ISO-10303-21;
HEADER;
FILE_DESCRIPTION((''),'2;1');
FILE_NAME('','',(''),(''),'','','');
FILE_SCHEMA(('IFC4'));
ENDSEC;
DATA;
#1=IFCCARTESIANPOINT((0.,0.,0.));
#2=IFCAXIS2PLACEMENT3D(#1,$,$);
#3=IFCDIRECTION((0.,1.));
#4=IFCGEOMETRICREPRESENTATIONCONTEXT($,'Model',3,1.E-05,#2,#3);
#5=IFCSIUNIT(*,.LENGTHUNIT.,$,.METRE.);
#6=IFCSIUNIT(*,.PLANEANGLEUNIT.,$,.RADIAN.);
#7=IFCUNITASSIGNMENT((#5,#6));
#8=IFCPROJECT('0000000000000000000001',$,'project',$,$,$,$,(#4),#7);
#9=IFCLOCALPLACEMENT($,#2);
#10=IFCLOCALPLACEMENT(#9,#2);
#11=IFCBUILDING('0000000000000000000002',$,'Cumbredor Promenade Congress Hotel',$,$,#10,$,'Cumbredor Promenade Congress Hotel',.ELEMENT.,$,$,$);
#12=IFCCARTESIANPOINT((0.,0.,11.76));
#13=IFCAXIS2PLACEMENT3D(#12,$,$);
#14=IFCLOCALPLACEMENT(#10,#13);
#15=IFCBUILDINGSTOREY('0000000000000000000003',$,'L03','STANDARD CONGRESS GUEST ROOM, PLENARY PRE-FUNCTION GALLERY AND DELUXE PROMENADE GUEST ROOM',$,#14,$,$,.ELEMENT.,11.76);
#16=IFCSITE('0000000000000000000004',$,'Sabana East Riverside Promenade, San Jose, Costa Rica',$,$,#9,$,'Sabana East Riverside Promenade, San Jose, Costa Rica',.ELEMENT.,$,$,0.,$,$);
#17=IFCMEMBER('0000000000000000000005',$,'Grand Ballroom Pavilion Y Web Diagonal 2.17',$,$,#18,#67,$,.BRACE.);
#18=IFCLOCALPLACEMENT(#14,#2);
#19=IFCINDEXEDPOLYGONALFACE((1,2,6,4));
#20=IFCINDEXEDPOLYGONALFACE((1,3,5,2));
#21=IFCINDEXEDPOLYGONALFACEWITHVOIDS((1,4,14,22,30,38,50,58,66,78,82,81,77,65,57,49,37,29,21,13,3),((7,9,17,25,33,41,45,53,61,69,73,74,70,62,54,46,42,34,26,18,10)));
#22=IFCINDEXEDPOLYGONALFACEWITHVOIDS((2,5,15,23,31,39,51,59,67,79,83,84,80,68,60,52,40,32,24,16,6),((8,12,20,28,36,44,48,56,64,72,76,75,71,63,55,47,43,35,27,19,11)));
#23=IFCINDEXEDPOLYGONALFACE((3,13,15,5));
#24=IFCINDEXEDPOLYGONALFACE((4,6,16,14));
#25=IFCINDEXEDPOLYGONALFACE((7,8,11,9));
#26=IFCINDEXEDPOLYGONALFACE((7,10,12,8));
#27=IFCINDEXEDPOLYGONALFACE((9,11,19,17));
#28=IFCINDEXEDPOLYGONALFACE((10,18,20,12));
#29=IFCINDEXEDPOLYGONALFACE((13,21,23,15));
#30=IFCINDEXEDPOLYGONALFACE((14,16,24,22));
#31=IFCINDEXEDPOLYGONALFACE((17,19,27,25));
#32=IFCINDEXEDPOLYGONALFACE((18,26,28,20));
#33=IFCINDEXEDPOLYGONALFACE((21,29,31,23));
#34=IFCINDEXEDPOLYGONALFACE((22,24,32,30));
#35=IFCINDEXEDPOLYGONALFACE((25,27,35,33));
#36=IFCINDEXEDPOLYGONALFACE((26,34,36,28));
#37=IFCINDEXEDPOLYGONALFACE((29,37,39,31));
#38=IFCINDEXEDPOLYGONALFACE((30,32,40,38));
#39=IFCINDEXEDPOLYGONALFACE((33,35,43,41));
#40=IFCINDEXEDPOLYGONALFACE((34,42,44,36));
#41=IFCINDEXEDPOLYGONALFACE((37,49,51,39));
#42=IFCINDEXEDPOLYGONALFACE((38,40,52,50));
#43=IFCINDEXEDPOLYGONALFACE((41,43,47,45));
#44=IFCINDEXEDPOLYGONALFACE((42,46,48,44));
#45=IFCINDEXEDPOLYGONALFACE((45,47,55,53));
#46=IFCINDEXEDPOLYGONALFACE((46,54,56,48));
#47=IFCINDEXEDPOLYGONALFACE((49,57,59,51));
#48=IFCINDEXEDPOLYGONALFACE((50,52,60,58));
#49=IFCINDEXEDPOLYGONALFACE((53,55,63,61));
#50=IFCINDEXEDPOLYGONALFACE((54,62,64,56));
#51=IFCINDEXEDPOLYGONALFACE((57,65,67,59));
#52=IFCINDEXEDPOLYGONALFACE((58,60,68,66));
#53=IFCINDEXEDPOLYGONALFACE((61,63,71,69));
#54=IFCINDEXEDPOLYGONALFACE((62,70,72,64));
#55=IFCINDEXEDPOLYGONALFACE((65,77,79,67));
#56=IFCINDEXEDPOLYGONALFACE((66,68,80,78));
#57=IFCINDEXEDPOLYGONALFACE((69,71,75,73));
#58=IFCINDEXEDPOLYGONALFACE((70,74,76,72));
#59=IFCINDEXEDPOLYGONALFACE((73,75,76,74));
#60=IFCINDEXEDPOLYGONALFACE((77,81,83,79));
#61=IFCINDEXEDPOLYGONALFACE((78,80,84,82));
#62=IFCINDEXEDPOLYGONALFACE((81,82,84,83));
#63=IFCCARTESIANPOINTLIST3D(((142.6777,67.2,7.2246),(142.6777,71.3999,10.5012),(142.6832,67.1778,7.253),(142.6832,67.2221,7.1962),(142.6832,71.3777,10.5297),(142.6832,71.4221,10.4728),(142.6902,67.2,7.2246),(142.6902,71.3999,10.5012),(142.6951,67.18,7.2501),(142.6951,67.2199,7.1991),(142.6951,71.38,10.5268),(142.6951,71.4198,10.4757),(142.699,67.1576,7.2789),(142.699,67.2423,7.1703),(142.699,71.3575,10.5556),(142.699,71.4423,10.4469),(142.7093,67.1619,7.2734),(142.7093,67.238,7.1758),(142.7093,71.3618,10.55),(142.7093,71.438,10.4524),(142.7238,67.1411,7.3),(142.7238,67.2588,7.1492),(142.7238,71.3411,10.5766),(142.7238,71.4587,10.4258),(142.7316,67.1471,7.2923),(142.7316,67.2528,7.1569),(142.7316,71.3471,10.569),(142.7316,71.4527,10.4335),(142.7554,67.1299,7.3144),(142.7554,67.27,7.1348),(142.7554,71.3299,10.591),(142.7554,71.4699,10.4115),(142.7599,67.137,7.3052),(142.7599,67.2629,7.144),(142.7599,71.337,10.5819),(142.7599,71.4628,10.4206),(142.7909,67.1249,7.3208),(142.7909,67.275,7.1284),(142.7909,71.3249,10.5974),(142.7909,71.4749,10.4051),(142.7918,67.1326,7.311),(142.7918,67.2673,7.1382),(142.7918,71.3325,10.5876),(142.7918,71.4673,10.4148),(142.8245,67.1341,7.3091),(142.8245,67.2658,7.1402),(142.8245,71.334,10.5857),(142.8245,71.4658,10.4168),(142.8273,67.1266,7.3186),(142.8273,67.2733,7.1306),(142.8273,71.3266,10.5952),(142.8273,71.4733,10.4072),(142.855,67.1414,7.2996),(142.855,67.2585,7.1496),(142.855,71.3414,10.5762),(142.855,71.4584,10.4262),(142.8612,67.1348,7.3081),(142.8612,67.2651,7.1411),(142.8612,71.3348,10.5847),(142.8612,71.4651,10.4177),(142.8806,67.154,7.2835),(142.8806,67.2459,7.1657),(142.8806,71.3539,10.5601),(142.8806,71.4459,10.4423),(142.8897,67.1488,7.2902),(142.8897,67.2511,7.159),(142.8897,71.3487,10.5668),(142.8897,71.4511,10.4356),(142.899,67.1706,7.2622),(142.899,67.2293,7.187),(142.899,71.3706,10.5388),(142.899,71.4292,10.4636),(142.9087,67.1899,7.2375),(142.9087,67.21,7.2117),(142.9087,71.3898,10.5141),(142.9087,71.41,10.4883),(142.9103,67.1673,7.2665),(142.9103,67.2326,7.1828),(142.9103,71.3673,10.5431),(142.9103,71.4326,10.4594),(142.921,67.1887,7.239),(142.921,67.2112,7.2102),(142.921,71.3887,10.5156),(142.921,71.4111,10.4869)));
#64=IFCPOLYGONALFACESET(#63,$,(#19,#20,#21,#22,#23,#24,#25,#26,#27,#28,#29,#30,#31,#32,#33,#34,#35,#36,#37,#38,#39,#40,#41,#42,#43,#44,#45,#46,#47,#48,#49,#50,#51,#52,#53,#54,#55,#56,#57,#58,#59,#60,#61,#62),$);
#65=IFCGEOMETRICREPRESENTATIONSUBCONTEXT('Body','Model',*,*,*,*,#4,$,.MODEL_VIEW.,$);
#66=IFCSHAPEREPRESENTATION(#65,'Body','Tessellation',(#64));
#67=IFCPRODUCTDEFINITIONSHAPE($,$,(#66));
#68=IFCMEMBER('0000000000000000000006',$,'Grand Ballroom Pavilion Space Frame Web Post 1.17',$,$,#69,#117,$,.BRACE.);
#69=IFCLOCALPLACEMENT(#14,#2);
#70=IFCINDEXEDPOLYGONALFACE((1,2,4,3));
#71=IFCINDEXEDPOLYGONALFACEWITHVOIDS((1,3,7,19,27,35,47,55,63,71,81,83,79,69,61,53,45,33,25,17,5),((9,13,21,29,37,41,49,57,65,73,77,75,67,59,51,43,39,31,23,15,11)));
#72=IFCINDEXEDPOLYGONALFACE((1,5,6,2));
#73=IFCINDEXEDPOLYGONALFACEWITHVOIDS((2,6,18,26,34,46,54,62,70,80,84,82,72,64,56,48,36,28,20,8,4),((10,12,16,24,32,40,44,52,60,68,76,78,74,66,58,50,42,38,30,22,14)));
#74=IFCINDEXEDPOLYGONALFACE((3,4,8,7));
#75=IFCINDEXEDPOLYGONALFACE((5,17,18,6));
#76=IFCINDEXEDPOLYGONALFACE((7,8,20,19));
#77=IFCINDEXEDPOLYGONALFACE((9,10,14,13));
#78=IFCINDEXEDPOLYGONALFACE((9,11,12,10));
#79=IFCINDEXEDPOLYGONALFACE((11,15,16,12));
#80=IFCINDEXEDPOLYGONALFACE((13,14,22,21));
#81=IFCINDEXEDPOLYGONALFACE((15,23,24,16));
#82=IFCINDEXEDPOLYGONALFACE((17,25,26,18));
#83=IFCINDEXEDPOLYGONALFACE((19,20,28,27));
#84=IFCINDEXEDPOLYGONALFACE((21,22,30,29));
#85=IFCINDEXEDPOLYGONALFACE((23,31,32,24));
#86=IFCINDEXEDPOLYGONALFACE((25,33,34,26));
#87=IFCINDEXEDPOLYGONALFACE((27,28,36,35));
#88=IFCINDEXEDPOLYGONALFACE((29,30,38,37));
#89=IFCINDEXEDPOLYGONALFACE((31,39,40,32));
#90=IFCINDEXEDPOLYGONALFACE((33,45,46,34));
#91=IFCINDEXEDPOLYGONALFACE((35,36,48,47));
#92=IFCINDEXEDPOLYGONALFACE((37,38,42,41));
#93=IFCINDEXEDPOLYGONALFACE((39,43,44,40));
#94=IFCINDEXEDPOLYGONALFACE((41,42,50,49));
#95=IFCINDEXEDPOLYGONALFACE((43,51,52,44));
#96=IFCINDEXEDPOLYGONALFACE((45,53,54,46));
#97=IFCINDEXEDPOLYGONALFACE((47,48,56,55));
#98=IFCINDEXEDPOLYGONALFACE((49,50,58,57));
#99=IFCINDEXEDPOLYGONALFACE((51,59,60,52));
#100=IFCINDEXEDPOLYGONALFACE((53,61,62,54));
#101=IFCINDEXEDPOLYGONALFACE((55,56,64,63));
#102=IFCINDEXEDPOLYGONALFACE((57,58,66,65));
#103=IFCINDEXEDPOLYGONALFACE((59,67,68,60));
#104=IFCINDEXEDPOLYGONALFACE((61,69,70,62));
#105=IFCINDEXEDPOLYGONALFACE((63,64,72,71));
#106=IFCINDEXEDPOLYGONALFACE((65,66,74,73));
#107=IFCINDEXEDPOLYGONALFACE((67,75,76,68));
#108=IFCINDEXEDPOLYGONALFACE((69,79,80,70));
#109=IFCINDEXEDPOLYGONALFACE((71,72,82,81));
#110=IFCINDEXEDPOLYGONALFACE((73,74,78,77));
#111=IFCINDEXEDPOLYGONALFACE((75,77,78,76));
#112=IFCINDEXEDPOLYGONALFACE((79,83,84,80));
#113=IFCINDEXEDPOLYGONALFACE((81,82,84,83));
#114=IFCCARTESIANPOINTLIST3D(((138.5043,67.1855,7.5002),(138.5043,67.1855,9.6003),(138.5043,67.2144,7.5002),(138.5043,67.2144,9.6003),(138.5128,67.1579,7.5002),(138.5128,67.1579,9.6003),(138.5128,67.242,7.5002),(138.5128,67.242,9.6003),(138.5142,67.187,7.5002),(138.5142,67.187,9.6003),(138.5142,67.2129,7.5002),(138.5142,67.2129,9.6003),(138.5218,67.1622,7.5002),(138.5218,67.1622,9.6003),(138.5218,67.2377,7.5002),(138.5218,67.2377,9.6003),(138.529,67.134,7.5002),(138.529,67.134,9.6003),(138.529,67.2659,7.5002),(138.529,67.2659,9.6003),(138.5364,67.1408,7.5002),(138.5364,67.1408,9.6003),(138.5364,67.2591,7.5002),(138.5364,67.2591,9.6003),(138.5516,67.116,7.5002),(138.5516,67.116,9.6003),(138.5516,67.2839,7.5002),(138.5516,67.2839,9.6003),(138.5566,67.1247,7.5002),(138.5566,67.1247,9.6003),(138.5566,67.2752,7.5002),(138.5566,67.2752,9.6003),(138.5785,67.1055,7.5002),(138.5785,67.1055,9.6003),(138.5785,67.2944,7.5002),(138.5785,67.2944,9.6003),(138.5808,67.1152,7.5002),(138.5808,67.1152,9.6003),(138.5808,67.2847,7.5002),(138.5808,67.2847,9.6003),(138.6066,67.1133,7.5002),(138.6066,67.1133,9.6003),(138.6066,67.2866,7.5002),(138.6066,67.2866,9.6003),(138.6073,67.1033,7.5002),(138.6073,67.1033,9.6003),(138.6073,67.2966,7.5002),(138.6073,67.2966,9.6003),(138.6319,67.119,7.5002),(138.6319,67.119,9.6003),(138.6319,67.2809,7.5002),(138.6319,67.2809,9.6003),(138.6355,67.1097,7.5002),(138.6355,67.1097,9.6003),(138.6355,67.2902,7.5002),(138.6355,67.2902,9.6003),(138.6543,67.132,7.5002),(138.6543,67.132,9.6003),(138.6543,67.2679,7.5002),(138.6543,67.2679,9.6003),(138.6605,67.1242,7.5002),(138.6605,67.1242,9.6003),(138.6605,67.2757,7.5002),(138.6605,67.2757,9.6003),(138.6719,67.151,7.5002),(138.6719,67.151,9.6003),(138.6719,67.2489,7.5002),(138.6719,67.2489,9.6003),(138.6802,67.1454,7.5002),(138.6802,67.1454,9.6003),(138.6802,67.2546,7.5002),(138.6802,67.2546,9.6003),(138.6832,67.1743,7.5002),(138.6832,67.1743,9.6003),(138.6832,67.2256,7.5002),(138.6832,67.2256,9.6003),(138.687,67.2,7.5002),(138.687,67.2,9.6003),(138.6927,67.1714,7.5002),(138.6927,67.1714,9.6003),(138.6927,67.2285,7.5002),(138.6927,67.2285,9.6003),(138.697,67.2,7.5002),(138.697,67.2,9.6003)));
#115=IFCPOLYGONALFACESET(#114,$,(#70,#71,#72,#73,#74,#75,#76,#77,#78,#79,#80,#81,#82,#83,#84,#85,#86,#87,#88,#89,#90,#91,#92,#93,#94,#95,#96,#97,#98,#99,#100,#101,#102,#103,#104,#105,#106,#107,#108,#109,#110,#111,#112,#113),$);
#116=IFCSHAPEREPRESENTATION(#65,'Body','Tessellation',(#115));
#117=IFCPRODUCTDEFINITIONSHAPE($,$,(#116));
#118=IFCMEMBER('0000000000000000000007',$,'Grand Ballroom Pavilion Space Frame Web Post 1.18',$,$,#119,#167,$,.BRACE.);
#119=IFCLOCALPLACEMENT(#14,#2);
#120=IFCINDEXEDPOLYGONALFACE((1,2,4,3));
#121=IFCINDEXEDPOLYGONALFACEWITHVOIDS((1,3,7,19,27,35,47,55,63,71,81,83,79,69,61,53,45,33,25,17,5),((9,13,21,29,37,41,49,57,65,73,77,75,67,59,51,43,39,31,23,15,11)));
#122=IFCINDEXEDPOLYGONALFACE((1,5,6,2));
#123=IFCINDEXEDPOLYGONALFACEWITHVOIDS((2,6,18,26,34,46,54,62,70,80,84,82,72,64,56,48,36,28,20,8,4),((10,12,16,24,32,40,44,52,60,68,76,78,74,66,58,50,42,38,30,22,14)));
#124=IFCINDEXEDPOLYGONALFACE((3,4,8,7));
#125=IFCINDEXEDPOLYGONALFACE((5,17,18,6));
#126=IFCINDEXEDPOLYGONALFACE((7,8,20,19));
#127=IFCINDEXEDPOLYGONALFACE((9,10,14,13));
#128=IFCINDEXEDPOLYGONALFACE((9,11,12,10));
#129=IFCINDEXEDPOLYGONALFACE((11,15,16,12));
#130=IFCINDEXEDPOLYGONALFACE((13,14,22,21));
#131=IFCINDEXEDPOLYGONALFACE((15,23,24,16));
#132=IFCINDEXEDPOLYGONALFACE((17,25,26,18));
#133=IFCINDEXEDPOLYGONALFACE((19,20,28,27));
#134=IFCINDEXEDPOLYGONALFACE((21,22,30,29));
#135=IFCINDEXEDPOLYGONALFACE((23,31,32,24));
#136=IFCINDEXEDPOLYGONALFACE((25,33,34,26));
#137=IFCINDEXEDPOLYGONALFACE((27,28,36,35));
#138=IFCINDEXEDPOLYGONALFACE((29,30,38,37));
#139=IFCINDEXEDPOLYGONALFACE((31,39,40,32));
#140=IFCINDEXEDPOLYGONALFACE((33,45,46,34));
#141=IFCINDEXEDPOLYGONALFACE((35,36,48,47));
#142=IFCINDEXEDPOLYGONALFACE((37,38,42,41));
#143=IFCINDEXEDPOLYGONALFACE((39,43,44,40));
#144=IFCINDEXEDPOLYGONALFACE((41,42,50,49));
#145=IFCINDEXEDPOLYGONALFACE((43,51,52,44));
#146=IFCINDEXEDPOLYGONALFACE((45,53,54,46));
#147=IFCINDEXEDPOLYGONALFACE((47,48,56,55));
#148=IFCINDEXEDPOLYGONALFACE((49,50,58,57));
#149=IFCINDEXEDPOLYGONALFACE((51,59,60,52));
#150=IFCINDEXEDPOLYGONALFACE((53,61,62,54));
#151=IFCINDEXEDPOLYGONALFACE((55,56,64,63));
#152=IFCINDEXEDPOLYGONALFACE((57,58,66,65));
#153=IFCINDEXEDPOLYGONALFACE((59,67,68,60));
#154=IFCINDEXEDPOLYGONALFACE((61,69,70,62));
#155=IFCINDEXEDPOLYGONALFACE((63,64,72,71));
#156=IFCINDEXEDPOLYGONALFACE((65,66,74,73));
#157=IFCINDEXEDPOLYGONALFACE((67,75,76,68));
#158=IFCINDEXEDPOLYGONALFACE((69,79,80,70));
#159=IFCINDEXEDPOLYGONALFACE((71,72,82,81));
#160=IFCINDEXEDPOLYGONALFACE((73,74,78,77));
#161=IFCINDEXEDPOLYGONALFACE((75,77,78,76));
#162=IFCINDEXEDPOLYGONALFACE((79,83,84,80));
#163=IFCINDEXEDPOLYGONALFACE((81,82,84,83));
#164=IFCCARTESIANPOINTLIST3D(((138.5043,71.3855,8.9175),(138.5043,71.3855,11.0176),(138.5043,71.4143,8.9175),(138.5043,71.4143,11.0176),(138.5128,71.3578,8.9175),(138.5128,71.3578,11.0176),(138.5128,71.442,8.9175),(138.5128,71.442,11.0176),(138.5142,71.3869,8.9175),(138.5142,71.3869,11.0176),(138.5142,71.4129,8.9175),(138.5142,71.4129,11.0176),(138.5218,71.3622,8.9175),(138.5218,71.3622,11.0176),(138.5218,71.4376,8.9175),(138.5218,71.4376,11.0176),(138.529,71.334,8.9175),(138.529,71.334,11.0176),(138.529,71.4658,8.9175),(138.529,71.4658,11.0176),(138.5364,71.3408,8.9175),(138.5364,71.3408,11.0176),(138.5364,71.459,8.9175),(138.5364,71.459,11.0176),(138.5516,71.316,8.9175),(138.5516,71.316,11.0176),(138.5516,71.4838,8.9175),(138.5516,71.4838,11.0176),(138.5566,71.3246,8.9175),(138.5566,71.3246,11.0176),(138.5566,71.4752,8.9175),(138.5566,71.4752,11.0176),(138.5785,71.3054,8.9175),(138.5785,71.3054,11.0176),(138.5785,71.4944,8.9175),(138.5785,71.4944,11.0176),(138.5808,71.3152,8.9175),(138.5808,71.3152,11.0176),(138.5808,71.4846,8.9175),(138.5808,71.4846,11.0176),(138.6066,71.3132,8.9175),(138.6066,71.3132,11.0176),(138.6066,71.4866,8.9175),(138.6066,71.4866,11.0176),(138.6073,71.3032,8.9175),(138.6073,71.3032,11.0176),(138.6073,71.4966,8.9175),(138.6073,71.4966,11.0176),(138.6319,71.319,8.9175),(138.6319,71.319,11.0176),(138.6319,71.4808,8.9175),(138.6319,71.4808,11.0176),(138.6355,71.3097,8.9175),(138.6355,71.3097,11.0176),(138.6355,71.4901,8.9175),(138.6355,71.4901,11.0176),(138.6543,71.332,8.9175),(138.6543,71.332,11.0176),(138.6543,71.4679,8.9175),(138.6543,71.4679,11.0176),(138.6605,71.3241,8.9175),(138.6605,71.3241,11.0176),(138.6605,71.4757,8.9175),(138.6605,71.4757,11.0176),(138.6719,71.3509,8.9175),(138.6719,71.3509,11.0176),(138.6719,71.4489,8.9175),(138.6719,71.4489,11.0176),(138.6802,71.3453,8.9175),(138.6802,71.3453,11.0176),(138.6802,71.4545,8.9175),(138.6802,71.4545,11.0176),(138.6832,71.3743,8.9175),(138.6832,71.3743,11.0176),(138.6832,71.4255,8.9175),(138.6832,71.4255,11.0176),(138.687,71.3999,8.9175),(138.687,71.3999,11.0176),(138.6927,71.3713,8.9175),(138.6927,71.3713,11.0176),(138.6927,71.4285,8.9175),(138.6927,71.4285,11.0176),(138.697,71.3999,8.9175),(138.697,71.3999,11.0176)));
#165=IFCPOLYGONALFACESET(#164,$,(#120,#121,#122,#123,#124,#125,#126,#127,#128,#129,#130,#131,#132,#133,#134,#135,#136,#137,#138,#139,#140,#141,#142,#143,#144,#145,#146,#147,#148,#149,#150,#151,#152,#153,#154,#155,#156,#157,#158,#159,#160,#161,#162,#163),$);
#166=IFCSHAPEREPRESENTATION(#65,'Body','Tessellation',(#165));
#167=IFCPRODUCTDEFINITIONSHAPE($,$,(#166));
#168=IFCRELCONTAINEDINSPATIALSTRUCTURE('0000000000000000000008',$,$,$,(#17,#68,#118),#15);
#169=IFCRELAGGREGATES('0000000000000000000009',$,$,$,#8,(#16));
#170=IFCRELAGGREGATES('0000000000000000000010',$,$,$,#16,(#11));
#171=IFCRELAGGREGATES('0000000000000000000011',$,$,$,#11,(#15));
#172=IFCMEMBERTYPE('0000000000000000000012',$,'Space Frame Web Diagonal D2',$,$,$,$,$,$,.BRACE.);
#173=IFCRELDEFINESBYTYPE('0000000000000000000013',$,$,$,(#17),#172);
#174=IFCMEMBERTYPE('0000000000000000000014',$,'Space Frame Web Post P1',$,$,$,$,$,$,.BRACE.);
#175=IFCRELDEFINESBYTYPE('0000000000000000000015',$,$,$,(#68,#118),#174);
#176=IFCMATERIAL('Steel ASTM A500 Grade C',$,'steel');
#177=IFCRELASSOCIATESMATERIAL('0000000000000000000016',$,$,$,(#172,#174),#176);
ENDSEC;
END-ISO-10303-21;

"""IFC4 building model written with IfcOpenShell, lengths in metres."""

from ifc_helpers import new_model, si_unit, direction, frame, origin, origin_2d, place, context, subcontext, project, spatial, hollow_circle, extrude, material, material_profile, profile_set, type_object, element, save


model = new_model("IFC4")

# Units and contexts
model_context = context("Model", 3, precision=1e-05, world=origin(), true_north=direction((0.0, 1.0)))
body_context = subcontext(model_context, "Body", "Model", "MODEL_VIEW")
ifc_project = project(units=[si_unit("LENGTHUNIT", "METRE"), si_unit("PLANEANGLEUNIT", "RADIAN")], contexts=[model_context])

# Site, building, storey
site_placement = place(None, origin())
site = spatial("IfcSite", under=ifc_project, at=site_placement, Name="Sabana East Riverside Promenade, San Jose, Costa Rica", LongName="Sabana East Riverside Promenade, San Jose, Costa Rica", CompositionType="ELEMENT", RefElevation=0.0)
building_placement = place(site_placement, origin())
building = spatial("IfcBuilding", under=site, at=building_placement, Name="Cumbredor Promenade Congress Hotel", LongName="Cumbredor Promenade Congress Hotel", CompositionType="ELEMENT")
storey_placement = place(building_placement, frame((0.0, 0.0, 11.76)))
storey = spatial("IfcBuildingStorey", under=building, at=storey_placement, Name="L03", Description="STANDARD CONGRESS GUEST ROOM, PLENARY PRE-FUNCTION GALLERY AND DELUXE PROMENADE GUEST ROOM", CompositionType="ELEMENT", Elevation=11.76)

# Members
ifc_material_1 = material(Name="Steel ASTM A500 Grade C", Category="steel")
ifc_material_profile_1 = material_profile(ifc_material_1, hollow_circle(Radius=0.1223, WallThickness=0.0125, at=origin_2d()), Name="CHS 244.5x12.5")
ifc_profile_set_1 = profile_set([ifc_material_profile_1], Name="Steel ASTM A500 Grade C")
member_type_1 = type_object("IfcMemberType", Name="Space Frame Web Diagonal D2", PredefinedType="BRACE", material=ifc_profile_set_1)
member_1_placement = place(storey_placement, frame((142.8, 67.2, 7.2246), z_axis=(0.0, 0.788443, 0.615108), x_axis=(-1.0, 0.0, 0.0)))
element("IfcMember", 1, at=member_1_placement, inside=storey, type_object=member_type_1, Name="Grand Ballroom Pavilion Y Web Diagonal 2.17", PredefinedType="BRACE", context=body_context, shape_type="SweptSolid", body=[
    extrude(hollow_circle(Radius=0.1223, WallThickness=0.0125, at=origin_2d()), origin(), (0.0, 0.0, 1.0), 5.3269),
])
ifc_material_profile_2 = material_profile(ifc_material_1, hollow_circle(Radius=0.0969, WallThickness=0.01, at=origin_2d()), Name="CHS 193.7x10")
ifc_profile_set_2 = profile_set([ifc_material_profile_2], Name="Steel ASTM A500 Grade C")
member_type_2 = type_object("IfcMemberType", Name="Space Frame Web Post P1", PredefinedType="BRACE", material=ifc_profile_set_2)
for number, where, z_axis, x_axis, name in (
    (2, (138.6001, 67.2, 7.5002), (0.0, 0.0, 1.0), (1.0, 0.0, 0.0), "Grand Ballroom Pavilion Space Frame Web Post 1.17"),
    (3, (138.6001, 71.3999, 8.9175), (0.0, 0.0, 1.0), (1.0, 0.0, 0.0), "Grand Ballroom Pavilion Space Frame Web Post 1.18"),
):
    element("IfcMember", number, at=place(storey_placement, frame(where, z_axis=z_axis, x_axis=x_axis)), inside=storey, type_object=member_type_2, Name=name, PredefinedType="BRACE", context=body_context, shape_type="SweptSolid", body=[
        extrude(hollow_circle(Radius=0.0969, WallThickness=0.01, at=origin_2d()), origin(), (0.0, 0.0, 1.0), 2.1001),
    ])

save(model, "model.ifc")
